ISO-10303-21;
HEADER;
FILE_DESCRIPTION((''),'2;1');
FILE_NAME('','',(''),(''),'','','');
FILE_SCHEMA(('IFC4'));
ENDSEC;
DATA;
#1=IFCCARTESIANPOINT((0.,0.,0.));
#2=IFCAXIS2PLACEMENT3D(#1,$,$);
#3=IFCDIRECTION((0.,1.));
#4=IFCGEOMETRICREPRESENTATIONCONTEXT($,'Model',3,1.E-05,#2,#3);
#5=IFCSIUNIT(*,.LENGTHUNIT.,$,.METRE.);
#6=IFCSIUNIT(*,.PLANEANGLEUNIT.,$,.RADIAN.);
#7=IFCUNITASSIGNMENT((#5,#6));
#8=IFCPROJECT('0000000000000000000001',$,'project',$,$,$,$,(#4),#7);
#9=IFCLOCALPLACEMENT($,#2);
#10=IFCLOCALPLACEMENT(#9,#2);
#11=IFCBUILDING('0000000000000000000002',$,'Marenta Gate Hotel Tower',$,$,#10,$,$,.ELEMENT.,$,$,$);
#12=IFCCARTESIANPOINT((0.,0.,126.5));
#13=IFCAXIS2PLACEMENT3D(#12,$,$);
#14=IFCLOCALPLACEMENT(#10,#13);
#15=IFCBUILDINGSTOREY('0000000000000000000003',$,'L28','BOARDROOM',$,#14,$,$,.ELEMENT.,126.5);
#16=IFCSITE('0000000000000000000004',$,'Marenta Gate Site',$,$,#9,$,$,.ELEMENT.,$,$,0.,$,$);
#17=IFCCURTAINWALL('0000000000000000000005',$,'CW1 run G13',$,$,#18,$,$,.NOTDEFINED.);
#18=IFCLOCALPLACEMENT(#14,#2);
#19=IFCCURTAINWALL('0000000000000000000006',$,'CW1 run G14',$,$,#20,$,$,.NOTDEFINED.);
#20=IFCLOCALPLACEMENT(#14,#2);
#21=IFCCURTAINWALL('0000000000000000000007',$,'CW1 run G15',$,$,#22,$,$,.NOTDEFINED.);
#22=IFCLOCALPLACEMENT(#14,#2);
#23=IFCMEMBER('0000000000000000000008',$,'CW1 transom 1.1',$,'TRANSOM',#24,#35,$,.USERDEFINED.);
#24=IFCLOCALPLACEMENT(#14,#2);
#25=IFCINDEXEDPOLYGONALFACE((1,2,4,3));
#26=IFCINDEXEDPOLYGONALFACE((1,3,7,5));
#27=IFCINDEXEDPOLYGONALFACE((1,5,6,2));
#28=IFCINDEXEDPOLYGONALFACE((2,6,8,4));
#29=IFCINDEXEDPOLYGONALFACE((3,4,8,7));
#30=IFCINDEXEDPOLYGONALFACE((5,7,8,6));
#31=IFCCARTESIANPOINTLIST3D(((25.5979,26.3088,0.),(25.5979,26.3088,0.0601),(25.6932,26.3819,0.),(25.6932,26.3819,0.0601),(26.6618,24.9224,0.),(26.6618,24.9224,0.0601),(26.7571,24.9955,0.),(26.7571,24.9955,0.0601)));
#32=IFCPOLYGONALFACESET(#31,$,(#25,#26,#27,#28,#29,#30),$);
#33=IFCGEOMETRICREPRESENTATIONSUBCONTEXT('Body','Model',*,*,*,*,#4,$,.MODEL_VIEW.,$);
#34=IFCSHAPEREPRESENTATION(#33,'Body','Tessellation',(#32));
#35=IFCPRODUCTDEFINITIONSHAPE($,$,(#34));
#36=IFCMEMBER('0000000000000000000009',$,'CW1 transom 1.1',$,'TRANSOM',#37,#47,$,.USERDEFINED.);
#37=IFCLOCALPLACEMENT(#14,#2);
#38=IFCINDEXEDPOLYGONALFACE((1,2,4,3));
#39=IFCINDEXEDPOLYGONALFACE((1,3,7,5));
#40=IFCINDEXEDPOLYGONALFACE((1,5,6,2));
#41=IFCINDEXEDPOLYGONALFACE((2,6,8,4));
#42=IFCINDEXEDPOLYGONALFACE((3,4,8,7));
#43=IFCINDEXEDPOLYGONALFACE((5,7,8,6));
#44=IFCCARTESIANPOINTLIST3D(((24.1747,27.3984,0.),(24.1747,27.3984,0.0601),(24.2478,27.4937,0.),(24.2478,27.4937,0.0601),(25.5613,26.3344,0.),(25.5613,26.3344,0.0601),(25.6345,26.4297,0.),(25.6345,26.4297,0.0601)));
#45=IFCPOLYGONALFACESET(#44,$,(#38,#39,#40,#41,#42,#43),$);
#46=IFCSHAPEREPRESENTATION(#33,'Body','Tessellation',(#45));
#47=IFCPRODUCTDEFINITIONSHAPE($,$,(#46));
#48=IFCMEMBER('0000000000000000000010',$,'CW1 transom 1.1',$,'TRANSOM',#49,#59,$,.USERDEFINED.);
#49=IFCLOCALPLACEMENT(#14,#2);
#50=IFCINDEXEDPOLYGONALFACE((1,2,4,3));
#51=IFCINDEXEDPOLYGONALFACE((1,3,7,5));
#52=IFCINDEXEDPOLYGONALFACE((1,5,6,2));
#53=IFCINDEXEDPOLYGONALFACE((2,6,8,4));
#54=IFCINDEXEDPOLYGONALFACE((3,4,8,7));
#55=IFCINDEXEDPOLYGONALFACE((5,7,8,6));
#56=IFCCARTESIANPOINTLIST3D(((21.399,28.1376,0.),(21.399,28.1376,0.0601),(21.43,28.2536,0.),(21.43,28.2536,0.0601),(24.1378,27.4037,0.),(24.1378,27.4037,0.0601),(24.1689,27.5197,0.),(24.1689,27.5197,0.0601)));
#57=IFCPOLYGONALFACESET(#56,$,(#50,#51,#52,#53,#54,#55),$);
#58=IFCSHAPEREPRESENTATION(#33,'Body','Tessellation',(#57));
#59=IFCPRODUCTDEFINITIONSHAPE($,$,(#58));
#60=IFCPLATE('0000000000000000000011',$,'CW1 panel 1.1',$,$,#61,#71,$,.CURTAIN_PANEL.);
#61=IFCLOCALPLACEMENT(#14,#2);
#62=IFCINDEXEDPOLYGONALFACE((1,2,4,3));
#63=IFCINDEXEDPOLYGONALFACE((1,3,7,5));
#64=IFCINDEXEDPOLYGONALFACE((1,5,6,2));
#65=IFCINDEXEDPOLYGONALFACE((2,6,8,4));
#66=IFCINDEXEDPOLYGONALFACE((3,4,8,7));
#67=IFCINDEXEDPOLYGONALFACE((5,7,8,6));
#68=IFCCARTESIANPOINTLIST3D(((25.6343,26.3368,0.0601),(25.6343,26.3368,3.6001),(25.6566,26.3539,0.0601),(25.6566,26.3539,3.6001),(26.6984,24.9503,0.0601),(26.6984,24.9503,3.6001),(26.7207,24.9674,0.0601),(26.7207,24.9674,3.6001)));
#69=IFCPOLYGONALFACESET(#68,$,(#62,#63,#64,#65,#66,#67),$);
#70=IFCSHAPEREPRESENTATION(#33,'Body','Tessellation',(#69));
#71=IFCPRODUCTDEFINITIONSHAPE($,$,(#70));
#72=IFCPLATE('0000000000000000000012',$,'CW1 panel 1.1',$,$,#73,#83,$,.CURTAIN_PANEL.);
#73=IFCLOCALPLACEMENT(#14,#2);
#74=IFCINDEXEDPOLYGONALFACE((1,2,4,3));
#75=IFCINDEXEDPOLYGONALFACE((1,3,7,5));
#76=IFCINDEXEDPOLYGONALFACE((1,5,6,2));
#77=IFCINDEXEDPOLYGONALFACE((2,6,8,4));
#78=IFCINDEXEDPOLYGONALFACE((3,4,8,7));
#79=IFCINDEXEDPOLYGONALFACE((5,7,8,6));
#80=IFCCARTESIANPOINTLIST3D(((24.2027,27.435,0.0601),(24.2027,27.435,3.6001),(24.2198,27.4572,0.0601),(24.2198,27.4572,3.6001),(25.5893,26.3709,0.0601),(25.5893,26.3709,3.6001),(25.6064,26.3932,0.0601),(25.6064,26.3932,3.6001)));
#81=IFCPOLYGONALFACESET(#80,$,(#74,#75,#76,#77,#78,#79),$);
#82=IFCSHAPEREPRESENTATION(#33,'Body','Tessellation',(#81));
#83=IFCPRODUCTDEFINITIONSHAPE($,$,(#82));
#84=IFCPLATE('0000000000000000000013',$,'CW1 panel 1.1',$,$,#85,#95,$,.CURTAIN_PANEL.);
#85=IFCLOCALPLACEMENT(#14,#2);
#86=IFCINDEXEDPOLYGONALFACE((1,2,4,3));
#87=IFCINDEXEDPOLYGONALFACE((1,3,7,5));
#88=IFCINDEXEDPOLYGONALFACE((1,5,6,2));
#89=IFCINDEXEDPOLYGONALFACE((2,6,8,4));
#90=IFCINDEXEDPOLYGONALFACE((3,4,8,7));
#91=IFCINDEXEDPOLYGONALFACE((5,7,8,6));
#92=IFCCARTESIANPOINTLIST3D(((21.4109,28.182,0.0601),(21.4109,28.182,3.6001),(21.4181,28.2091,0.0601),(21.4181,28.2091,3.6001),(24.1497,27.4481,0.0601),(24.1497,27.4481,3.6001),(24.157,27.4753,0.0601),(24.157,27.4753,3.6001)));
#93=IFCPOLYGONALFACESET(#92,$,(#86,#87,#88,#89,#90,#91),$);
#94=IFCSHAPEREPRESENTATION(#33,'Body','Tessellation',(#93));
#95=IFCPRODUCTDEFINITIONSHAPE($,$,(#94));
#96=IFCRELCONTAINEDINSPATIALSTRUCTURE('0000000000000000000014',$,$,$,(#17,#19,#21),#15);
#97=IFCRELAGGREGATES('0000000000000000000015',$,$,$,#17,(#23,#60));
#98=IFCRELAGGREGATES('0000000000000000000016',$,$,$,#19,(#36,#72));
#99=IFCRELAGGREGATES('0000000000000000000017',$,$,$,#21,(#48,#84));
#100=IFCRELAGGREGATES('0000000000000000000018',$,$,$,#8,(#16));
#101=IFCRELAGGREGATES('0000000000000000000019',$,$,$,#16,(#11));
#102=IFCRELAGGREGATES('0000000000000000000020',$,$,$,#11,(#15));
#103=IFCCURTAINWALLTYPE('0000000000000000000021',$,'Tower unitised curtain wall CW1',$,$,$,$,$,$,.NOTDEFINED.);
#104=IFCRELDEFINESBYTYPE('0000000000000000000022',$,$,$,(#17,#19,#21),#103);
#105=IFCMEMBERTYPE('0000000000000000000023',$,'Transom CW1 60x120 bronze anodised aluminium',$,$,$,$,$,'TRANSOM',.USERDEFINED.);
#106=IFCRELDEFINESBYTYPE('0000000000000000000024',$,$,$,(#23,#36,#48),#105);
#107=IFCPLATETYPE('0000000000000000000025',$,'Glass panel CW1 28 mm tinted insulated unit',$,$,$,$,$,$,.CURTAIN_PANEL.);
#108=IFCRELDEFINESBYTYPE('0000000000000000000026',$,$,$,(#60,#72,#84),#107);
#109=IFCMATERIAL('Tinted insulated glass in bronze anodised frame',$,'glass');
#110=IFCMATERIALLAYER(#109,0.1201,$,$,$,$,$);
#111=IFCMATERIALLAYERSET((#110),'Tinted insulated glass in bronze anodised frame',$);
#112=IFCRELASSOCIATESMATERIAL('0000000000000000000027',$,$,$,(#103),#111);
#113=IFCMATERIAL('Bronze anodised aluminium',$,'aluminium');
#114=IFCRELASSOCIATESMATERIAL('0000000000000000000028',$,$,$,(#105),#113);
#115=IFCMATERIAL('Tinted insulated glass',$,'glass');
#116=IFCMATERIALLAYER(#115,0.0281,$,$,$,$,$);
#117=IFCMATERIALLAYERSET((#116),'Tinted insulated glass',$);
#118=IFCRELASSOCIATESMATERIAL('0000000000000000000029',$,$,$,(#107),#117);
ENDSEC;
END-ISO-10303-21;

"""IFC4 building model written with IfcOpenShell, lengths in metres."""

from ifc_helpers import new_model, si_unit, direction, frame, origin, origin_2d, place, context, subcontext, project, spatial, rectangle, extrude, material, layer, layer_set, material_profile, profile_set, type_object, element, aggregate, save


model = new_model("IFC4")

# Units and contexts
model_context = context("Model", 3, precision=1e-05, world=origin(), true_north=direction((0.0, 1.0)))
body_context = subcontext(model_context, "Body", "Model", "MODEL_VIEW")
ifc_project = project(units=[si_unit("LENGTHUNIT", "METRE"), si_unit("PLANEANGLEUNIT", "RADIAN")], contexts=[model_context])

# Site, building, storey
site_placement = place(None, origin())
site = spatial("IfcSite", under=ifc_project, at=site_placement, Name="Marenta Gate Site", CompositionType="ELEMENT", RefElevation=0.0)
building_placement = place(site_placement, origin())
building = spatial("IfcBuilding", under=site, at=building_placement, Name="Marenta Gate Hotel Tower", CompositionType="ELEMENT")
storey_placement = place(building_placement, frame((0.0, 0.0, 126.5)))
storey = spatial("IfcBuildingStorey", under=building, at=storey_placement, Name="L28", Description="BOARDROOM", CompositionType="ELEMENT", Elevation=126.5)

# Curtain walls
ifc_material_1 = material(Name="Tinted insulated glass in bronze anodised frame", Category="glass")
ifc_layer_1 = layer(ifc_material_1, 0.1201)
ifc_layer_set_1 = layer_set([ifc_layer_1], Name="Tinted insulated glass in bronze anodised frame")
curtain_wall_type = type_object("IfcCurtainWallType", Name="Tower unitised curtain wall CW1", PredefinedType="NOTDEFINED", material=ifc_layer_set_1)
curtain_wall_1_placement = place(storey_placement, origin())
curtain_wall_1 = element("IfcCurtainWall", 1, at=curtain_wall_1_placement, inside=storey, type_object=curtain_wall_type, Name="CW1 run G13", PredefinedType="NOTDEFINED")
curtain_wall_2_placement = place(storey_placement, origin())
curtain_wall_2 = element("IfcCurtainWall", 2, at=curtain_wall_2_placement, inside=storey, type_object=curtain_wall_type, Name="CW1 run G14", PredefinedType="NOTDEFINED")

# Curtain wall
curtain_wall_3_placement = place(storey_placement, origin())
curtain_wall_3 = element("IfcCurtainWall", 3, at=curtain_wall_3_placement, inside=storey, type_object=curtain_wall_type, Name="CW1 run G15", PredefinedType="NOTDEFINED")

# Members
ifc_material_2 = material(Name="Bronze anodised aluminium", Category="aluminium")
ifc_material_profile_1 = material_profile(ifc_material_2, rectangle(XDim=0.1201, YDim=0.0601, at=origin_2d()), Name="Transom CW1 60x120 bronze anodised aluminium")
ifc_profile_set_1 = profile_set([ifc_material_profile_1], Name="Bronze anodised aluminium")
member_type_1 = type_object("IfcMemberType", Name="Transom CW1 60x120 bronze anodised aluminium", ElementType="TRANSOM", PredefinedType="USERDEFINED", material=ifc_profile_set_1)
member_1_placement = place(storey_placement, frame((26.7095, 24.959, 0.03), z_axis=(-0.608792, 0.79333, 0.0), x_axis=(-0.79333, -0.608792, 0.0)))
member_1 = element("IfcMember", 4, at=member_1_placement, type_object=member_type_1, Name="CW1 transom 1.1", ObjectType="TRANSOM", PredefinedType="USERDEFINED", context=body_context, shape_type="SweptSolid", body=[
    extrude(rectangle(XDim=0.1201, YDim=0.0601, at=origin_2d()), origin(), (0.0, 0.0, 1.0), 1.7476),
])
member_2_placement = place(storey_placement, frame((25.5979, 26.3821, 0.03), z_axis=(-0.793381, 0.608725, 0.0), x_axis=(-0.608725, -0.793381, 0.0)))
member_2 = element("IfcMember", 5, at=member_2_placement, type_object=member_type_1, Name="CW1 transom 1.1", ObjectType="TRANSOM", PredefinedType="USERDEFINED", context=body_context, shape_type="SweptSolid", body=[
    extrude(rectangle(XDim=0.1201, YDim=0.0601, at=origin_2d()), origin(), (0.0, 0.0, 1.0), 1.7478),
])
member_3_placement = place(storey_placement, frame((24.1533, 27.4617, 0.03), z_axis=(-0.965923, 0.258831, 0.0), x_axis=(-0.258831, -0.965923, 0.0)))
member_3 = element("IfcMember", 6, at=member_3_placement, type_object=member_type_1, Name="CW1 transom 1.1", ObjectType="TRANSOM", PredefinedType="USERDEFINED", context=body_context, shape_type="SweptSolid", body=[
    extrude(rectangle(XDim=0.1201, YDim=0.0601, at=origin_2d()), origin(), (0.0, 0.0, 1.0), 2.8354),
])

# Plates
ifc_material_3 = material(Name="Tinted insulated glass", Category="glass")
ifc_layer_2 = layer(ifc_material_3, 0.0281)
ifc_layer_set_2 = layer_set([ifc_layer_2], Name="Tinted insulated glass")
plate_type = type_object("IfcPlateType", Name="Glass panel CW1 28 mm tinted insulated unit", PredefinedType="CURTAIN_PANEL", material=ifc_layer_set_2)
plate_1_placement = place(storey_placement, frame((26.1775, 25.6521, 0.0601), z_axis=(0.0, 0.0, 1.0), x_axis=(-0.608796, 0.793327, 0.0)))
plate_1 = element("IfcPlate", 7, at=plate_1_placement, type_object=plate_type, Name="CW1 panel 1.1", PredefinedType="CURTAIN_PANEL", context=body_context, shape_type="SweptSolid", body=[
    extrude(rectangle(XDim=1.7478, YDim=0.0281, at=origin_2d()), origin(), (0.0, 0.0, 1.0), 3.54),
])
aggregate(curtain_wall_1, [member_1, plate_1])
plate_2_placement = place(storey_placement, frame((24.9045, 26.9141, 0.0601), z_axis=(0.0, 0.0, 1.0), x_axis=(-0.793327, 0.608796, 0.0)))
plate_2 = element("IfcPlate", 8, at=plate_2_placement, type_object=plate_type, Name="CW1 panel 1.1", PredefinedType="CURTAIN_PANEL", context=body_context, shape_type="SweptSolid", body=[
    extrude(rectangle(XDim=1.7478, YDim=0.0281, at=origin_2d()), origin(), (0.0, 0.0, 1.0), 3.54),
])
aggregate(curtain_wall_2, [member_2, plate_2])
plate_3_placement = place(storey_placement, frame((22.7839, 27.8286, 0.0601), z_axis=(0.0, 0.0, 1.0), x_axis=(-0.965929, 0.258806, 0.0)))
plate_3 = element("IfcPlate", 9, at=plate_3_placement, type_object=plate_type, Name="CW1 panel 1.1", PredefinedType="CURTAIN_PANEL", context=body_context, shape_type="SweptSolid", body=[
    extrude(rectangle(XDim=2.8354, YDim=0.0281, at=origin_2d()), origin(), (0.0, 0.0, 1.0), 3.54),
])
aggregate(curtain_wall_3, [member_3, plate_3])

save(model, "model.ifc")
